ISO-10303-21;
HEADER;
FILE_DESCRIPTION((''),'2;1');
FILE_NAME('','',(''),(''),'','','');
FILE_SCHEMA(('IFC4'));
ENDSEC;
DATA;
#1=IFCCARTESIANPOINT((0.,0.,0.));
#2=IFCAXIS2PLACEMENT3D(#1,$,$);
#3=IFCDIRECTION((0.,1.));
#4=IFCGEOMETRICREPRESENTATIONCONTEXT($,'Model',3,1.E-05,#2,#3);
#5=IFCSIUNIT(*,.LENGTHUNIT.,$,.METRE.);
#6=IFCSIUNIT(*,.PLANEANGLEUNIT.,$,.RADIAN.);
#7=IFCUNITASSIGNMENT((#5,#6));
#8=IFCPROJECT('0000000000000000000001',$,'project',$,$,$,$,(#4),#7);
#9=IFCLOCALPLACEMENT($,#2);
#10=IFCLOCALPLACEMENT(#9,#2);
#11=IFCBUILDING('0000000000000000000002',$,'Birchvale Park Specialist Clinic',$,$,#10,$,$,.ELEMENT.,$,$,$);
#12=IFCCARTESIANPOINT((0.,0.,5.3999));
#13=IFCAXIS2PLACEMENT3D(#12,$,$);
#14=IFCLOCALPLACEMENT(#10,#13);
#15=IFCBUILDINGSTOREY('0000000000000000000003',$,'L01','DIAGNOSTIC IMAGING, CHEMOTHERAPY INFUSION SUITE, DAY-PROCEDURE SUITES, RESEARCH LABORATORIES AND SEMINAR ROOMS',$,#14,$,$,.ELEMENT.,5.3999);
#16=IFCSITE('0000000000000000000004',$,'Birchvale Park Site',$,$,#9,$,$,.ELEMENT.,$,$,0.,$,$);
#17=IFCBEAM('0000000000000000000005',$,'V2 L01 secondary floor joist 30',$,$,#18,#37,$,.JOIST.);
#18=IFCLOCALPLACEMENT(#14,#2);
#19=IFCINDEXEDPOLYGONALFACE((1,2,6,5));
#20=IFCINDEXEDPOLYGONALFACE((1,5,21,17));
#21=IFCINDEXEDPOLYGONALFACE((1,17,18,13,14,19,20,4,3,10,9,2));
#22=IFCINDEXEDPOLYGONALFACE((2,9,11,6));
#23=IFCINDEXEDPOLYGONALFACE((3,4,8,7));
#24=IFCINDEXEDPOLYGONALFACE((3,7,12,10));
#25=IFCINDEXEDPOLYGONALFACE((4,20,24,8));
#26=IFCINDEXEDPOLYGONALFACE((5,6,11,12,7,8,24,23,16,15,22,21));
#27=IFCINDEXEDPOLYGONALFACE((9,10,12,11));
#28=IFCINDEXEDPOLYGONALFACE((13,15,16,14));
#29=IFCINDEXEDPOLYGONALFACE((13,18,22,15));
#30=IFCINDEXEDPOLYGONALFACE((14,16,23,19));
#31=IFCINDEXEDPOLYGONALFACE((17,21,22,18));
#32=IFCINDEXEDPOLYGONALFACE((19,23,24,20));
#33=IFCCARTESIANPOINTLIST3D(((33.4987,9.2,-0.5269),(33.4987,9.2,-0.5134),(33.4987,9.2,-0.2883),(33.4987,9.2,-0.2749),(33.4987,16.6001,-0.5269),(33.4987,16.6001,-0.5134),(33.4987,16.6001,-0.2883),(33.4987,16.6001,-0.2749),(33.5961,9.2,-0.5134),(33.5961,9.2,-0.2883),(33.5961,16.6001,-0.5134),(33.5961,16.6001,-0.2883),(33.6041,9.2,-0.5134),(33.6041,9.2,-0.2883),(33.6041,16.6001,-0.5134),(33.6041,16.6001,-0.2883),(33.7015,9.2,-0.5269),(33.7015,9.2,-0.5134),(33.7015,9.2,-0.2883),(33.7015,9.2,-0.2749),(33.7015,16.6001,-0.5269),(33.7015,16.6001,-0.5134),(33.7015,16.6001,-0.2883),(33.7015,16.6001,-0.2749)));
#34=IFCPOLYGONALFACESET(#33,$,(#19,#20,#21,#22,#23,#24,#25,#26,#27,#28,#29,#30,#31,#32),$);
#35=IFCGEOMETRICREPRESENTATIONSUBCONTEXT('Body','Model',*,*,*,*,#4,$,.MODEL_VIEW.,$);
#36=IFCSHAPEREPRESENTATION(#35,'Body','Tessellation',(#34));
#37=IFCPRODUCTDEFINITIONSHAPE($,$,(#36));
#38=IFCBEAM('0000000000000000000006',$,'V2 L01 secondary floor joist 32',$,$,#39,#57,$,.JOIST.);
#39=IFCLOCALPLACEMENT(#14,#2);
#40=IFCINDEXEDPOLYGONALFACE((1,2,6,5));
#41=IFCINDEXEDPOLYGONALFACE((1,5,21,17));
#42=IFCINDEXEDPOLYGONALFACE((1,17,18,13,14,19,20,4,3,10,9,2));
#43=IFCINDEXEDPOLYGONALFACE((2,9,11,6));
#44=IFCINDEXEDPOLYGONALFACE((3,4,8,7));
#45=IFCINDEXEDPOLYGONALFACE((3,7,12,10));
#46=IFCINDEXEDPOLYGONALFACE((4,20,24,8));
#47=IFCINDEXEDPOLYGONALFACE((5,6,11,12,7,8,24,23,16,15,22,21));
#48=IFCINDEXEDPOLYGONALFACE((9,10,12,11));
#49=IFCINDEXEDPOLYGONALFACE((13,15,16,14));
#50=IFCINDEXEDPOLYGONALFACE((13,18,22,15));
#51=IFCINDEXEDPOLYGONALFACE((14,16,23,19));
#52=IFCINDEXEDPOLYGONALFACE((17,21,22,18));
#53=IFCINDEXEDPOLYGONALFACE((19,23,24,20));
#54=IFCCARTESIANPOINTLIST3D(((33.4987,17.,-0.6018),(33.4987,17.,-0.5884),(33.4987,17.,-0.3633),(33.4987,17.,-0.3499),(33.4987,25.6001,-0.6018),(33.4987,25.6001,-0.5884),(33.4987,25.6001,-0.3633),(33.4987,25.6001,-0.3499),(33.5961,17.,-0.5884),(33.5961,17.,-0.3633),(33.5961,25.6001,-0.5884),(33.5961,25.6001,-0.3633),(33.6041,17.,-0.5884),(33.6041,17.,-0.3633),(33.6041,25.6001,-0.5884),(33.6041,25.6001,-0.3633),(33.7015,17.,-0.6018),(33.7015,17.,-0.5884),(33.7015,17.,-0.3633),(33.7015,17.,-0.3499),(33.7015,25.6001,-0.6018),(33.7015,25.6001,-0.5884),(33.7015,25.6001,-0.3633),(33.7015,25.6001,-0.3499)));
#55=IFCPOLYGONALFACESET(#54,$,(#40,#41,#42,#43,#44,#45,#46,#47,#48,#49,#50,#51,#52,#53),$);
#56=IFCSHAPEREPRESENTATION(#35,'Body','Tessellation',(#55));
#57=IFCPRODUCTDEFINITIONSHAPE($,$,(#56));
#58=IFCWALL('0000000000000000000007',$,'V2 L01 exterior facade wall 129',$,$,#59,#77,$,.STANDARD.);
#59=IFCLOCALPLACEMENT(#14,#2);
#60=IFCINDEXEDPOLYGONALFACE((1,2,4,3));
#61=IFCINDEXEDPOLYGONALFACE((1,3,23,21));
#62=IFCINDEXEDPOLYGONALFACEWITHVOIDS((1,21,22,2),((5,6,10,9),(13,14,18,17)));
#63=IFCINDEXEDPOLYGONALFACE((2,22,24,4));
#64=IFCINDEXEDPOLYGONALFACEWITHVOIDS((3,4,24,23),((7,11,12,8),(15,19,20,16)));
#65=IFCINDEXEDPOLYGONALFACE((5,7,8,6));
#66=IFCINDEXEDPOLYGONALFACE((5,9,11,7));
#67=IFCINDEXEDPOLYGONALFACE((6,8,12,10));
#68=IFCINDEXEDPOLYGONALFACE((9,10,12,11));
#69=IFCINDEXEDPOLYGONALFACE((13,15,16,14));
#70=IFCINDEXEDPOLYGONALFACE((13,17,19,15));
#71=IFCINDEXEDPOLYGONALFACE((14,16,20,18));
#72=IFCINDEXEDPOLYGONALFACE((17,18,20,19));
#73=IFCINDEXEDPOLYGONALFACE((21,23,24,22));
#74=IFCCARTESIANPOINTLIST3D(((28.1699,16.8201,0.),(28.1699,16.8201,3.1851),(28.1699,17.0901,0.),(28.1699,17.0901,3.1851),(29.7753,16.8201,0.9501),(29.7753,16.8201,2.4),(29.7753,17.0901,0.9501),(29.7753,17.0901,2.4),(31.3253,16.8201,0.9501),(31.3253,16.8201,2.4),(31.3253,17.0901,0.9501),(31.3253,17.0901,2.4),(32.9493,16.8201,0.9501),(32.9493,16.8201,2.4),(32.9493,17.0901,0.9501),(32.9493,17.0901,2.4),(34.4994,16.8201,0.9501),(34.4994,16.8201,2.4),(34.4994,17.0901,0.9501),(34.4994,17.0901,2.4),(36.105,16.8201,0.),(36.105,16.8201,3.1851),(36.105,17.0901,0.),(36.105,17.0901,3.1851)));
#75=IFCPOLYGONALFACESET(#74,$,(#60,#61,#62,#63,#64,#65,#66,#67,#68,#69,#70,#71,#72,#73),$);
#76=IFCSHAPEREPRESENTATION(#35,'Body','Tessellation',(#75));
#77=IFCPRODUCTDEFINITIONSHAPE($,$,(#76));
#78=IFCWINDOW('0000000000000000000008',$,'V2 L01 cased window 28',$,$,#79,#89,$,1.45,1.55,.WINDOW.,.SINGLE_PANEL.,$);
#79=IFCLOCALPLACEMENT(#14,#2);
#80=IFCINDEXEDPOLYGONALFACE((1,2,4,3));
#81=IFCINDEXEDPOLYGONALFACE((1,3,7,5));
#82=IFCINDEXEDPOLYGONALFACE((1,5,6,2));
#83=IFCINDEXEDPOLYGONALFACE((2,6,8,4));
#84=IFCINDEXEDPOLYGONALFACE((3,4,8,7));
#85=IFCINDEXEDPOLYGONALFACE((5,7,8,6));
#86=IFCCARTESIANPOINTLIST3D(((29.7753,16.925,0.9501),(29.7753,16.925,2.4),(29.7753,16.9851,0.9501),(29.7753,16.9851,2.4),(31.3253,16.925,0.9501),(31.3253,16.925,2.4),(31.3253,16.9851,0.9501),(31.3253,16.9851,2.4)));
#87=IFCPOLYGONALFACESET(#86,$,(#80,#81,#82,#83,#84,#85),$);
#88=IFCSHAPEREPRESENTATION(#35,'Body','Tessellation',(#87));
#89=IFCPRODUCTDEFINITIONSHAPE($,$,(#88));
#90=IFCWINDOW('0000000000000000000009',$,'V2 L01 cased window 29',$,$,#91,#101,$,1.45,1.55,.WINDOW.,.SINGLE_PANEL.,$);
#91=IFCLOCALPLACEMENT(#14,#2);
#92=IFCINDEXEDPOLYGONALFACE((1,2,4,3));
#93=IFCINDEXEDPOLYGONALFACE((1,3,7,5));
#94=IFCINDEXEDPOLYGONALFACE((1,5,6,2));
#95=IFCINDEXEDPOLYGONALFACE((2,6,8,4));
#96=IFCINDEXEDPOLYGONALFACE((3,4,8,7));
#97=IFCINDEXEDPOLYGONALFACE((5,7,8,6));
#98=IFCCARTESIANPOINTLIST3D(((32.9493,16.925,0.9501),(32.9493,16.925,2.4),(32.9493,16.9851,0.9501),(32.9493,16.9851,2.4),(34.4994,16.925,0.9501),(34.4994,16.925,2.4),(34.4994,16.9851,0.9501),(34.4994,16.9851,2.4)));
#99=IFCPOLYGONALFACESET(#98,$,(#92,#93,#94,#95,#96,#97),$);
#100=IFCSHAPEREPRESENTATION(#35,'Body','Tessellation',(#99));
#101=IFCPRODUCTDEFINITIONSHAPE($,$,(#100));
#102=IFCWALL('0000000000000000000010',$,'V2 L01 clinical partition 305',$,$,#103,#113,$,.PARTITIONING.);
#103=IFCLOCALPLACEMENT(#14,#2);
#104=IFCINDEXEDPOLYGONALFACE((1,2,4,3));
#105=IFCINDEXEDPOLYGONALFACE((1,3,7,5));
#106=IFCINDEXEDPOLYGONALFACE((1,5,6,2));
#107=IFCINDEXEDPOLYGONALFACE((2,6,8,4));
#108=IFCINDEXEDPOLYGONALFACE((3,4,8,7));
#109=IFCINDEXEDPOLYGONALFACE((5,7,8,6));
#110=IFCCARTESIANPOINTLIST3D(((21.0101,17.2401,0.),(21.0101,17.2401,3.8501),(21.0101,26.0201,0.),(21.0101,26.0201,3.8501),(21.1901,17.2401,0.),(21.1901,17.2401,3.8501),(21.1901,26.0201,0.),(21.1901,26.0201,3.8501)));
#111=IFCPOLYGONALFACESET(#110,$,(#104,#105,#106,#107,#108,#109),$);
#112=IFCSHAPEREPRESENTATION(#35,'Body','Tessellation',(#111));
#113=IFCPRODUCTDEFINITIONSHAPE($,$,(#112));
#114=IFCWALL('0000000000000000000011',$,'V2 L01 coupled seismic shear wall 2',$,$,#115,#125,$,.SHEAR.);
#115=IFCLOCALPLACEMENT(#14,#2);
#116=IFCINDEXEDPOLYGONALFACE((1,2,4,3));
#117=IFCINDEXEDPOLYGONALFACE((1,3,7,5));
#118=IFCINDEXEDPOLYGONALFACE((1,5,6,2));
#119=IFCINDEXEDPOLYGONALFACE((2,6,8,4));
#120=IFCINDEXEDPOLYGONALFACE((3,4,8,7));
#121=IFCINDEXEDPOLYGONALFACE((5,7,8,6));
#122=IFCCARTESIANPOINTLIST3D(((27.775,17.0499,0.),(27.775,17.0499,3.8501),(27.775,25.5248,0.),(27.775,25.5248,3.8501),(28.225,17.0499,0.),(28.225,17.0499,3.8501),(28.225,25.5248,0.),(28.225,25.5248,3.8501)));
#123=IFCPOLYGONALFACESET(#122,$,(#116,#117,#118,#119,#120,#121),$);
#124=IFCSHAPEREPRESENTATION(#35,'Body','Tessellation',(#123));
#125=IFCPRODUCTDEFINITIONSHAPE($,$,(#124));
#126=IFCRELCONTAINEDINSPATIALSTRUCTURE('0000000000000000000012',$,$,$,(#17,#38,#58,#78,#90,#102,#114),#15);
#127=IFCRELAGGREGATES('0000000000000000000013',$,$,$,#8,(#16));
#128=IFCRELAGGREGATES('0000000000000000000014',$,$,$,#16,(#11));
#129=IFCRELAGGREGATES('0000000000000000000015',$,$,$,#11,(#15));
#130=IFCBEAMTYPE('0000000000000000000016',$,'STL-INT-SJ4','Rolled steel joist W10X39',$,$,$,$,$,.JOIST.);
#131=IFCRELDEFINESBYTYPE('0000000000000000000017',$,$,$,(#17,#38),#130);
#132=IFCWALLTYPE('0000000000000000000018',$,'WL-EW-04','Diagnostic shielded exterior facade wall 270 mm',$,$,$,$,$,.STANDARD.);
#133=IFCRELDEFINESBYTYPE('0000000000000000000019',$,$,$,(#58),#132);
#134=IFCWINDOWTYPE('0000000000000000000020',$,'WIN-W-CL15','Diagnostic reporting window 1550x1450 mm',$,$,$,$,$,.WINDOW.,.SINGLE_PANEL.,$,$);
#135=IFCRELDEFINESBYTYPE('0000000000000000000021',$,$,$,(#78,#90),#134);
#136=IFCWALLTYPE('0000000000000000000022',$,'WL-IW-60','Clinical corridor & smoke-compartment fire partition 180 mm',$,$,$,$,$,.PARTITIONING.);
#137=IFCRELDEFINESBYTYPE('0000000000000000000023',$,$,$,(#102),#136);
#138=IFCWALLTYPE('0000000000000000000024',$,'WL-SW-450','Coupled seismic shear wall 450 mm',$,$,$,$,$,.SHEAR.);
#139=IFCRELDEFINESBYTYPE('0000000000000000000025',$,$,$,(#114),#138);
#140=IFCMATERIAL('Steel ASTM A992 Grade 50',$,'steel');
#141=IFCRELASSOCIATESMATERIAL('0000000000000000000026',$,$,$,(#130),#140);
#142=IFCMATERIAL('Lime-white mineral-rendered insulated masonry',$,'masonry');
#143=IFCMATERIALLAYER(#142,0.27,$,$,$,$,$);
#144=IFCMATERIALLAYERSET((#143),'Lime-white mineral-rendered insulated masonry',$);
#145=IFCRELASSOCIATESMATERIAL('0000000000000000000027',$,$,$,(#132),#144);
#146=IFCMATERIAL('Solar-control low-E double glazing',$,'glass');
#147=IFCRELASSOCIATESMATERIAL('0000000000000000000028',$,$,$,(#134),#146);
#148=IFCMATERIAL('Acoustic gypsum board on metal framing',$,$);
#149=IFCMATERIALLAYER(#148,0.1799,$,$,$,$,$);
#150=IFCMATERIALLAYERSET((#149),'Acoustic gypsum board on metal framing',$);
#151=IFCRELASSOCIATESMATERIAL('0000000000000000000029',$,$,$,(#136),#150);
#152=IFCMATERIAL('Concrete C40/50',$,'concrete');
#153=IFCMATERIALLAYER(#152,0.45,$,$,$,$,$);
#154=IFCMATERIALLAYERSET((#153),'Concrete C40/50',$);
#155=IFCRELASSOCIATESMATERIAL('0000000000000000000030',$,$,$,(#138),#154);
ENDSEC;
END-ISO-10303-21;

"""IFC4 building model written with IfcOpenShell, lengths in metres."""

from ifc_helpers import new_model, si_unit, direction, frame, frame_2d, origin, origin_2d, place, context, subcontext, project, spatial, rectangle, i_section, extrude, material, layer, layer_set, material_profile, profile_set, type_object, element, fill, save


model = new_model("IFC4")

# Units and contexts
model_context = context("Model", 3, precision=1e-05, world=origin(), true_north=direction((0.0, 1.0)))
body_context = subcontext(model_context, "Body", "Model", "MODEL_VIEW")
ifc_project = project(units=[si_unit("LENGTHUNIT", "METRE"), si_unit("PLANEANGLEUNIT", "RADIAN")], contexts=[model_context])

# Site, building, storey
site_placement = place(None, origin())
site = spatial("IfcSite", under=ifc_project, at=site_placement, Name="Birchvale Park Site", CompositionType="ELEMENT", RefElevation=0.0)
building_placement = place(site_placement, origin())
building = spatial("IfcBuilding", under=site, at=building_placement, Name="Birchvale Park Specialist Clinic", CompositionType="ELEMENT")
storey_placement = place(building_placement, frame((0.0, 0.0, 5.3999)))
storey = spatial("IfcBuildingStorey", under=building, at=storey_placement, Name="L01", Description="DIAGNOSTIC IMAGING, CHEMOTHERAPY INFUSION SUITE, DAY-PROCEDURE SUITES, RESEARCH LABORATORIES AND SEMINAR ROOMS", CompositionType="ELEMENT", Elevation=5.3999)

# Shared definitions
ifc_material_1 = material(Name="Concrete C40/50", Category="concrete")

# Beams
ifc_material_2 = material(Name="Steel ASTM A992 Grade 50", Category="steel")
ifc_material_profile_1 = material_profile(ifc_material_2, i_section(OverallWidth=0.2029, OverallDepth=0.252, WebThickness=0.0081, FlangeThickness=0.0134, at=origin_2d()), Name="W10X39")
ifc_profile_set_1 = profile_set([ifc_material_profile_1], Name="Steel ASTM A992 Grade 50")
beam_type_1 = type_object("IfcBeamType", Name="STL-INT-SJ4", Description="Rolled steel joist W10X39", PredefinedType="JOIST", material=ifc_profile_set_1)
beam_1_placement = place(storey_placement, frame((33.6001, 9.2, -0.4009), z_axis=(0.0, 1.0, 0.0), x_axis=(-1.0, 0.0, 0.0)))
element("IfcBeam", 1, at=beam_1_placement, inside=storey, type_object=beam_type_1, Name="V2 L01 secondary floor joist 30", PredefinedType="JOIST", context=body_context, shape_type="SweptSolid", body=[
    extrude(i_section(OverallWidth=0.2029, OverallDepth=0.252, WebThickness=0.0081, FlangeThickness=0.0134, at=origin_2d()), origin(), (0.0, 0.0, 1.0), 7.4001),
])
beam_2_placement = place(storey_placement, frame((33.6001, 17.0, -0.4758), z_axis=(0.0, 1.0, 0.0), x_axis=(-1.0, 0.0, 0.0)))
element("IfcBeam", 2, at=beam_2_placement, inside=storey, type_object=beam_type_1, Name="V2 L01 secondary floor joist 32", PredefinedType="JOIST", context=body_context, shape_type="SweptSolid", body=[
    extrude(i_section(OverallWidth=0.2029, OverallDepth=0.252, WebThickness=0.0081, FlangeThickness=0.0134, at=origin_2d()), origin(), (0.0, 0.0, 1.0), 8.6001),
])

# Wall, openings, windows
ifc_material_3 = material(Name="Lime-white mineral-rendered insulated masonry", Category="masonry")
ifc_layer_1 = layer(ifc_material_3, 0.27)
ifc_layer_set_1 = layer_set([ifc_layer_1], Name="Lime-white mineral-rendered insulated masonry")
wall_type_1 = type_object("IfcWallType", Name="WL-EW-04", Description="Diagnostic shielded exterior facade wall 270 mm", PredefinedType="STANDARD", material=ifc_layer_set_1)
wall_1_placement = place(storey_placement, frame((28.1699, 16.9551, 0.0), z_axis=(0.0, 0.0, 1.0), x_axis=(1.0, 0.0, 0.0)))
wall_1 = element("IfcWall", 3, at=wall_1_placement, inside=storey, type_object=wall_type_1, Name="V2 L01 exterior facade wall 129", PredefinedType="STANDARD", context=body_context, shape_type="SweptSolid", body=[
    extrude(rectangle(XDim=7.9351, YDim=0.27, at=frame_2d((3.9675, 0.0))), origin(), (0.0, 0.0, 1.0), 3.1851),
])
opening_1_placement = place(wall_1_placement, frame((1.6055, 0.0, 0.95)))
opening_1 = element("IfcOpeningElement", 4, at=opening_1_placement, cuts=wall_1, PredefinedType="OPENING", context=body_context, shape_type="SweptSolid", body=[
    extrude(rectangle(XDim=1.55, YDim=1.45, at=frame_2d((0.7749, 0.7251))), frame((0.0, 0.145, 0.0), z_axis=(0.0, -1.0, 0.0), x_axis=(1.0, 0.0, 0.0)), (0.0, 0.0, 1.0), 0.29),
])
opening_2_placement = place(wall_1_placement, frame((4.7795, 0.0, 0.95)))
opening_2 = element("IfcOpeningElement", 5, at=opening_2_placement, cuts=wall_1, PredefinedType="OPENING", context=body_context, shape_type="SweptSolid", body=[
    extrude(rectangle(XDim=1.55, YDim=1.45, at=frame_2d((0.7749, 0.7251))), frame((0.0, 0.145, 0.0), z_axis=(0.0, -1.0, 0.0), x_axis=(1.0, 0.0, 0.0)), (0.0, 0.0, 1.0), 0.29),
])
ifc_material_4 = material(Name="Solar-control low-E double glazing", Category="glass")
window_type = type_object("IfcWindowType", Name="WIN-W-CL15", Description="Diagnostic reporting window 1550x1450 mm", PartitioningType="SINGLE_PANEL", PredefinedType="WINDOW", material=ifc_material_4)
window_1_placement = place(opening_1_placement, origin())
window_1 = element("IfcWindow", 6, at=window_1_placement, inside=storey, type_object=window_type, Name="V2 L01 cased window 28", OverallHeight=1.45, OverallWidth=1.55, PartitioningType="SINGLE_PANEL", PredefinedType="WINDOW", context=body_context, shape_type="SweptSolid", body=[
    extrude(rectangle(XDim=1.55, YDim=1.45, at=frame_2d((0.7749, 0.7251))), frame((0.0, 0.03, 0.0), z_axis=(0.0, -1.0, 0.0), x_axis=(1.0, 0.0, 0.0)), (0.0, 0.0, 1.0), 0.0601),
])
fill(opening_1, window_1)
window_2_placement = place(opening_2_placement, origin())
window_2 = element("IfcWindow", 7, at=window_2_placement, inside=storey, type_object=window_type, Name="V2 L01 cased window 29", OverallHeight=1.45, OverallWidth=1.55, PartitioningType="SINGLE_PANEL", PredefinedType="WINDOW", context=body_context, shape_type="SweptSolid", body=[
    extrude(rectangle(XDim=1.55, YDim=1.45, at=frame_2d((0.7749, 0.7251))), frame((0.0, 0.03, 0.0), z_axis=(0.0, -1.0, 0.0), x_axis=(1.0, 0.0, 0.0)), (0.0, 0.0, 1.0), 0.0601),
])
fill(opening_2, window_2)

# Walls
ifc_material_5 = material(Name="Acoustic gypsum board on metal framing")
ifc_layer_2 = layer(ifc_material_5, 0.1799)
ifc_layer_set_2 = layer_set([ifc_layer_2], Name="Acoustic gypsum board on metal framing")
wall_type_2 = type_object("IfcWallType", Name="WL-IW-60", Description="Clinical corridor & smoke-compartment fire partition 180 mm", PredefinedType="PARTITIONING", material=ifc_layer_set_2)
wall_2_placement = place(storey_placement, frame((21.1001, 17.24, 0.0), z_axis=(0.0, 0.0, 1.0), x_axis=(0.0, 1.0, 0.0)))
element("IfcWall", 8, at=wall_2_placement, inside=storey, type_object=wall_type_2, Name="V2 L01 clinical partition 305", PredefinedType="PARTITIONING", context=body_context, shape_type="SweptSolid", body=[
    extrude(rectangle(XDim=8.78, YDim=0.1799, at=frame_2d((4.3901, 0.0))), origin(), (0.0, 0.0, 1.0), 3.8501),
])
ifc_layer_3 = layer(ifc_material_1, 0.45)
ifc_layer_set_3 = layer_set([ifc_layer_3], Name="Concrete C40/50")
wall_type_3 = type_object("IfcWallType", Name="WL-SW-450", Description="Coupled seismic shear wall 450 mm", PredefinedType="SHEAR", material=ifc_layer_set_3)
wall_3_placement = place(storey_placement, frame((28.0, 17.05, 0.0), z_axis=(0.0, 0.0, 1.0), x_axis=(0.0, 1.0, 0.0)))
element("IfcWall", 9, at=wall_3_placement, inside=storey, type_object=wall_type_3, Name="V2 L01 coupled seismic shear wall 2", PredefinedType="SHEAR", context=body_context, shape_type="SweptSolid", body=[
    extrude(rectangle(XDim=8.4749, YDim=0.45, at=frame_2d((4.2373, 0.0))), origin(), (0.0, 0.0, 1.0), 3.8501),
])

save(model, "model.ifc")
